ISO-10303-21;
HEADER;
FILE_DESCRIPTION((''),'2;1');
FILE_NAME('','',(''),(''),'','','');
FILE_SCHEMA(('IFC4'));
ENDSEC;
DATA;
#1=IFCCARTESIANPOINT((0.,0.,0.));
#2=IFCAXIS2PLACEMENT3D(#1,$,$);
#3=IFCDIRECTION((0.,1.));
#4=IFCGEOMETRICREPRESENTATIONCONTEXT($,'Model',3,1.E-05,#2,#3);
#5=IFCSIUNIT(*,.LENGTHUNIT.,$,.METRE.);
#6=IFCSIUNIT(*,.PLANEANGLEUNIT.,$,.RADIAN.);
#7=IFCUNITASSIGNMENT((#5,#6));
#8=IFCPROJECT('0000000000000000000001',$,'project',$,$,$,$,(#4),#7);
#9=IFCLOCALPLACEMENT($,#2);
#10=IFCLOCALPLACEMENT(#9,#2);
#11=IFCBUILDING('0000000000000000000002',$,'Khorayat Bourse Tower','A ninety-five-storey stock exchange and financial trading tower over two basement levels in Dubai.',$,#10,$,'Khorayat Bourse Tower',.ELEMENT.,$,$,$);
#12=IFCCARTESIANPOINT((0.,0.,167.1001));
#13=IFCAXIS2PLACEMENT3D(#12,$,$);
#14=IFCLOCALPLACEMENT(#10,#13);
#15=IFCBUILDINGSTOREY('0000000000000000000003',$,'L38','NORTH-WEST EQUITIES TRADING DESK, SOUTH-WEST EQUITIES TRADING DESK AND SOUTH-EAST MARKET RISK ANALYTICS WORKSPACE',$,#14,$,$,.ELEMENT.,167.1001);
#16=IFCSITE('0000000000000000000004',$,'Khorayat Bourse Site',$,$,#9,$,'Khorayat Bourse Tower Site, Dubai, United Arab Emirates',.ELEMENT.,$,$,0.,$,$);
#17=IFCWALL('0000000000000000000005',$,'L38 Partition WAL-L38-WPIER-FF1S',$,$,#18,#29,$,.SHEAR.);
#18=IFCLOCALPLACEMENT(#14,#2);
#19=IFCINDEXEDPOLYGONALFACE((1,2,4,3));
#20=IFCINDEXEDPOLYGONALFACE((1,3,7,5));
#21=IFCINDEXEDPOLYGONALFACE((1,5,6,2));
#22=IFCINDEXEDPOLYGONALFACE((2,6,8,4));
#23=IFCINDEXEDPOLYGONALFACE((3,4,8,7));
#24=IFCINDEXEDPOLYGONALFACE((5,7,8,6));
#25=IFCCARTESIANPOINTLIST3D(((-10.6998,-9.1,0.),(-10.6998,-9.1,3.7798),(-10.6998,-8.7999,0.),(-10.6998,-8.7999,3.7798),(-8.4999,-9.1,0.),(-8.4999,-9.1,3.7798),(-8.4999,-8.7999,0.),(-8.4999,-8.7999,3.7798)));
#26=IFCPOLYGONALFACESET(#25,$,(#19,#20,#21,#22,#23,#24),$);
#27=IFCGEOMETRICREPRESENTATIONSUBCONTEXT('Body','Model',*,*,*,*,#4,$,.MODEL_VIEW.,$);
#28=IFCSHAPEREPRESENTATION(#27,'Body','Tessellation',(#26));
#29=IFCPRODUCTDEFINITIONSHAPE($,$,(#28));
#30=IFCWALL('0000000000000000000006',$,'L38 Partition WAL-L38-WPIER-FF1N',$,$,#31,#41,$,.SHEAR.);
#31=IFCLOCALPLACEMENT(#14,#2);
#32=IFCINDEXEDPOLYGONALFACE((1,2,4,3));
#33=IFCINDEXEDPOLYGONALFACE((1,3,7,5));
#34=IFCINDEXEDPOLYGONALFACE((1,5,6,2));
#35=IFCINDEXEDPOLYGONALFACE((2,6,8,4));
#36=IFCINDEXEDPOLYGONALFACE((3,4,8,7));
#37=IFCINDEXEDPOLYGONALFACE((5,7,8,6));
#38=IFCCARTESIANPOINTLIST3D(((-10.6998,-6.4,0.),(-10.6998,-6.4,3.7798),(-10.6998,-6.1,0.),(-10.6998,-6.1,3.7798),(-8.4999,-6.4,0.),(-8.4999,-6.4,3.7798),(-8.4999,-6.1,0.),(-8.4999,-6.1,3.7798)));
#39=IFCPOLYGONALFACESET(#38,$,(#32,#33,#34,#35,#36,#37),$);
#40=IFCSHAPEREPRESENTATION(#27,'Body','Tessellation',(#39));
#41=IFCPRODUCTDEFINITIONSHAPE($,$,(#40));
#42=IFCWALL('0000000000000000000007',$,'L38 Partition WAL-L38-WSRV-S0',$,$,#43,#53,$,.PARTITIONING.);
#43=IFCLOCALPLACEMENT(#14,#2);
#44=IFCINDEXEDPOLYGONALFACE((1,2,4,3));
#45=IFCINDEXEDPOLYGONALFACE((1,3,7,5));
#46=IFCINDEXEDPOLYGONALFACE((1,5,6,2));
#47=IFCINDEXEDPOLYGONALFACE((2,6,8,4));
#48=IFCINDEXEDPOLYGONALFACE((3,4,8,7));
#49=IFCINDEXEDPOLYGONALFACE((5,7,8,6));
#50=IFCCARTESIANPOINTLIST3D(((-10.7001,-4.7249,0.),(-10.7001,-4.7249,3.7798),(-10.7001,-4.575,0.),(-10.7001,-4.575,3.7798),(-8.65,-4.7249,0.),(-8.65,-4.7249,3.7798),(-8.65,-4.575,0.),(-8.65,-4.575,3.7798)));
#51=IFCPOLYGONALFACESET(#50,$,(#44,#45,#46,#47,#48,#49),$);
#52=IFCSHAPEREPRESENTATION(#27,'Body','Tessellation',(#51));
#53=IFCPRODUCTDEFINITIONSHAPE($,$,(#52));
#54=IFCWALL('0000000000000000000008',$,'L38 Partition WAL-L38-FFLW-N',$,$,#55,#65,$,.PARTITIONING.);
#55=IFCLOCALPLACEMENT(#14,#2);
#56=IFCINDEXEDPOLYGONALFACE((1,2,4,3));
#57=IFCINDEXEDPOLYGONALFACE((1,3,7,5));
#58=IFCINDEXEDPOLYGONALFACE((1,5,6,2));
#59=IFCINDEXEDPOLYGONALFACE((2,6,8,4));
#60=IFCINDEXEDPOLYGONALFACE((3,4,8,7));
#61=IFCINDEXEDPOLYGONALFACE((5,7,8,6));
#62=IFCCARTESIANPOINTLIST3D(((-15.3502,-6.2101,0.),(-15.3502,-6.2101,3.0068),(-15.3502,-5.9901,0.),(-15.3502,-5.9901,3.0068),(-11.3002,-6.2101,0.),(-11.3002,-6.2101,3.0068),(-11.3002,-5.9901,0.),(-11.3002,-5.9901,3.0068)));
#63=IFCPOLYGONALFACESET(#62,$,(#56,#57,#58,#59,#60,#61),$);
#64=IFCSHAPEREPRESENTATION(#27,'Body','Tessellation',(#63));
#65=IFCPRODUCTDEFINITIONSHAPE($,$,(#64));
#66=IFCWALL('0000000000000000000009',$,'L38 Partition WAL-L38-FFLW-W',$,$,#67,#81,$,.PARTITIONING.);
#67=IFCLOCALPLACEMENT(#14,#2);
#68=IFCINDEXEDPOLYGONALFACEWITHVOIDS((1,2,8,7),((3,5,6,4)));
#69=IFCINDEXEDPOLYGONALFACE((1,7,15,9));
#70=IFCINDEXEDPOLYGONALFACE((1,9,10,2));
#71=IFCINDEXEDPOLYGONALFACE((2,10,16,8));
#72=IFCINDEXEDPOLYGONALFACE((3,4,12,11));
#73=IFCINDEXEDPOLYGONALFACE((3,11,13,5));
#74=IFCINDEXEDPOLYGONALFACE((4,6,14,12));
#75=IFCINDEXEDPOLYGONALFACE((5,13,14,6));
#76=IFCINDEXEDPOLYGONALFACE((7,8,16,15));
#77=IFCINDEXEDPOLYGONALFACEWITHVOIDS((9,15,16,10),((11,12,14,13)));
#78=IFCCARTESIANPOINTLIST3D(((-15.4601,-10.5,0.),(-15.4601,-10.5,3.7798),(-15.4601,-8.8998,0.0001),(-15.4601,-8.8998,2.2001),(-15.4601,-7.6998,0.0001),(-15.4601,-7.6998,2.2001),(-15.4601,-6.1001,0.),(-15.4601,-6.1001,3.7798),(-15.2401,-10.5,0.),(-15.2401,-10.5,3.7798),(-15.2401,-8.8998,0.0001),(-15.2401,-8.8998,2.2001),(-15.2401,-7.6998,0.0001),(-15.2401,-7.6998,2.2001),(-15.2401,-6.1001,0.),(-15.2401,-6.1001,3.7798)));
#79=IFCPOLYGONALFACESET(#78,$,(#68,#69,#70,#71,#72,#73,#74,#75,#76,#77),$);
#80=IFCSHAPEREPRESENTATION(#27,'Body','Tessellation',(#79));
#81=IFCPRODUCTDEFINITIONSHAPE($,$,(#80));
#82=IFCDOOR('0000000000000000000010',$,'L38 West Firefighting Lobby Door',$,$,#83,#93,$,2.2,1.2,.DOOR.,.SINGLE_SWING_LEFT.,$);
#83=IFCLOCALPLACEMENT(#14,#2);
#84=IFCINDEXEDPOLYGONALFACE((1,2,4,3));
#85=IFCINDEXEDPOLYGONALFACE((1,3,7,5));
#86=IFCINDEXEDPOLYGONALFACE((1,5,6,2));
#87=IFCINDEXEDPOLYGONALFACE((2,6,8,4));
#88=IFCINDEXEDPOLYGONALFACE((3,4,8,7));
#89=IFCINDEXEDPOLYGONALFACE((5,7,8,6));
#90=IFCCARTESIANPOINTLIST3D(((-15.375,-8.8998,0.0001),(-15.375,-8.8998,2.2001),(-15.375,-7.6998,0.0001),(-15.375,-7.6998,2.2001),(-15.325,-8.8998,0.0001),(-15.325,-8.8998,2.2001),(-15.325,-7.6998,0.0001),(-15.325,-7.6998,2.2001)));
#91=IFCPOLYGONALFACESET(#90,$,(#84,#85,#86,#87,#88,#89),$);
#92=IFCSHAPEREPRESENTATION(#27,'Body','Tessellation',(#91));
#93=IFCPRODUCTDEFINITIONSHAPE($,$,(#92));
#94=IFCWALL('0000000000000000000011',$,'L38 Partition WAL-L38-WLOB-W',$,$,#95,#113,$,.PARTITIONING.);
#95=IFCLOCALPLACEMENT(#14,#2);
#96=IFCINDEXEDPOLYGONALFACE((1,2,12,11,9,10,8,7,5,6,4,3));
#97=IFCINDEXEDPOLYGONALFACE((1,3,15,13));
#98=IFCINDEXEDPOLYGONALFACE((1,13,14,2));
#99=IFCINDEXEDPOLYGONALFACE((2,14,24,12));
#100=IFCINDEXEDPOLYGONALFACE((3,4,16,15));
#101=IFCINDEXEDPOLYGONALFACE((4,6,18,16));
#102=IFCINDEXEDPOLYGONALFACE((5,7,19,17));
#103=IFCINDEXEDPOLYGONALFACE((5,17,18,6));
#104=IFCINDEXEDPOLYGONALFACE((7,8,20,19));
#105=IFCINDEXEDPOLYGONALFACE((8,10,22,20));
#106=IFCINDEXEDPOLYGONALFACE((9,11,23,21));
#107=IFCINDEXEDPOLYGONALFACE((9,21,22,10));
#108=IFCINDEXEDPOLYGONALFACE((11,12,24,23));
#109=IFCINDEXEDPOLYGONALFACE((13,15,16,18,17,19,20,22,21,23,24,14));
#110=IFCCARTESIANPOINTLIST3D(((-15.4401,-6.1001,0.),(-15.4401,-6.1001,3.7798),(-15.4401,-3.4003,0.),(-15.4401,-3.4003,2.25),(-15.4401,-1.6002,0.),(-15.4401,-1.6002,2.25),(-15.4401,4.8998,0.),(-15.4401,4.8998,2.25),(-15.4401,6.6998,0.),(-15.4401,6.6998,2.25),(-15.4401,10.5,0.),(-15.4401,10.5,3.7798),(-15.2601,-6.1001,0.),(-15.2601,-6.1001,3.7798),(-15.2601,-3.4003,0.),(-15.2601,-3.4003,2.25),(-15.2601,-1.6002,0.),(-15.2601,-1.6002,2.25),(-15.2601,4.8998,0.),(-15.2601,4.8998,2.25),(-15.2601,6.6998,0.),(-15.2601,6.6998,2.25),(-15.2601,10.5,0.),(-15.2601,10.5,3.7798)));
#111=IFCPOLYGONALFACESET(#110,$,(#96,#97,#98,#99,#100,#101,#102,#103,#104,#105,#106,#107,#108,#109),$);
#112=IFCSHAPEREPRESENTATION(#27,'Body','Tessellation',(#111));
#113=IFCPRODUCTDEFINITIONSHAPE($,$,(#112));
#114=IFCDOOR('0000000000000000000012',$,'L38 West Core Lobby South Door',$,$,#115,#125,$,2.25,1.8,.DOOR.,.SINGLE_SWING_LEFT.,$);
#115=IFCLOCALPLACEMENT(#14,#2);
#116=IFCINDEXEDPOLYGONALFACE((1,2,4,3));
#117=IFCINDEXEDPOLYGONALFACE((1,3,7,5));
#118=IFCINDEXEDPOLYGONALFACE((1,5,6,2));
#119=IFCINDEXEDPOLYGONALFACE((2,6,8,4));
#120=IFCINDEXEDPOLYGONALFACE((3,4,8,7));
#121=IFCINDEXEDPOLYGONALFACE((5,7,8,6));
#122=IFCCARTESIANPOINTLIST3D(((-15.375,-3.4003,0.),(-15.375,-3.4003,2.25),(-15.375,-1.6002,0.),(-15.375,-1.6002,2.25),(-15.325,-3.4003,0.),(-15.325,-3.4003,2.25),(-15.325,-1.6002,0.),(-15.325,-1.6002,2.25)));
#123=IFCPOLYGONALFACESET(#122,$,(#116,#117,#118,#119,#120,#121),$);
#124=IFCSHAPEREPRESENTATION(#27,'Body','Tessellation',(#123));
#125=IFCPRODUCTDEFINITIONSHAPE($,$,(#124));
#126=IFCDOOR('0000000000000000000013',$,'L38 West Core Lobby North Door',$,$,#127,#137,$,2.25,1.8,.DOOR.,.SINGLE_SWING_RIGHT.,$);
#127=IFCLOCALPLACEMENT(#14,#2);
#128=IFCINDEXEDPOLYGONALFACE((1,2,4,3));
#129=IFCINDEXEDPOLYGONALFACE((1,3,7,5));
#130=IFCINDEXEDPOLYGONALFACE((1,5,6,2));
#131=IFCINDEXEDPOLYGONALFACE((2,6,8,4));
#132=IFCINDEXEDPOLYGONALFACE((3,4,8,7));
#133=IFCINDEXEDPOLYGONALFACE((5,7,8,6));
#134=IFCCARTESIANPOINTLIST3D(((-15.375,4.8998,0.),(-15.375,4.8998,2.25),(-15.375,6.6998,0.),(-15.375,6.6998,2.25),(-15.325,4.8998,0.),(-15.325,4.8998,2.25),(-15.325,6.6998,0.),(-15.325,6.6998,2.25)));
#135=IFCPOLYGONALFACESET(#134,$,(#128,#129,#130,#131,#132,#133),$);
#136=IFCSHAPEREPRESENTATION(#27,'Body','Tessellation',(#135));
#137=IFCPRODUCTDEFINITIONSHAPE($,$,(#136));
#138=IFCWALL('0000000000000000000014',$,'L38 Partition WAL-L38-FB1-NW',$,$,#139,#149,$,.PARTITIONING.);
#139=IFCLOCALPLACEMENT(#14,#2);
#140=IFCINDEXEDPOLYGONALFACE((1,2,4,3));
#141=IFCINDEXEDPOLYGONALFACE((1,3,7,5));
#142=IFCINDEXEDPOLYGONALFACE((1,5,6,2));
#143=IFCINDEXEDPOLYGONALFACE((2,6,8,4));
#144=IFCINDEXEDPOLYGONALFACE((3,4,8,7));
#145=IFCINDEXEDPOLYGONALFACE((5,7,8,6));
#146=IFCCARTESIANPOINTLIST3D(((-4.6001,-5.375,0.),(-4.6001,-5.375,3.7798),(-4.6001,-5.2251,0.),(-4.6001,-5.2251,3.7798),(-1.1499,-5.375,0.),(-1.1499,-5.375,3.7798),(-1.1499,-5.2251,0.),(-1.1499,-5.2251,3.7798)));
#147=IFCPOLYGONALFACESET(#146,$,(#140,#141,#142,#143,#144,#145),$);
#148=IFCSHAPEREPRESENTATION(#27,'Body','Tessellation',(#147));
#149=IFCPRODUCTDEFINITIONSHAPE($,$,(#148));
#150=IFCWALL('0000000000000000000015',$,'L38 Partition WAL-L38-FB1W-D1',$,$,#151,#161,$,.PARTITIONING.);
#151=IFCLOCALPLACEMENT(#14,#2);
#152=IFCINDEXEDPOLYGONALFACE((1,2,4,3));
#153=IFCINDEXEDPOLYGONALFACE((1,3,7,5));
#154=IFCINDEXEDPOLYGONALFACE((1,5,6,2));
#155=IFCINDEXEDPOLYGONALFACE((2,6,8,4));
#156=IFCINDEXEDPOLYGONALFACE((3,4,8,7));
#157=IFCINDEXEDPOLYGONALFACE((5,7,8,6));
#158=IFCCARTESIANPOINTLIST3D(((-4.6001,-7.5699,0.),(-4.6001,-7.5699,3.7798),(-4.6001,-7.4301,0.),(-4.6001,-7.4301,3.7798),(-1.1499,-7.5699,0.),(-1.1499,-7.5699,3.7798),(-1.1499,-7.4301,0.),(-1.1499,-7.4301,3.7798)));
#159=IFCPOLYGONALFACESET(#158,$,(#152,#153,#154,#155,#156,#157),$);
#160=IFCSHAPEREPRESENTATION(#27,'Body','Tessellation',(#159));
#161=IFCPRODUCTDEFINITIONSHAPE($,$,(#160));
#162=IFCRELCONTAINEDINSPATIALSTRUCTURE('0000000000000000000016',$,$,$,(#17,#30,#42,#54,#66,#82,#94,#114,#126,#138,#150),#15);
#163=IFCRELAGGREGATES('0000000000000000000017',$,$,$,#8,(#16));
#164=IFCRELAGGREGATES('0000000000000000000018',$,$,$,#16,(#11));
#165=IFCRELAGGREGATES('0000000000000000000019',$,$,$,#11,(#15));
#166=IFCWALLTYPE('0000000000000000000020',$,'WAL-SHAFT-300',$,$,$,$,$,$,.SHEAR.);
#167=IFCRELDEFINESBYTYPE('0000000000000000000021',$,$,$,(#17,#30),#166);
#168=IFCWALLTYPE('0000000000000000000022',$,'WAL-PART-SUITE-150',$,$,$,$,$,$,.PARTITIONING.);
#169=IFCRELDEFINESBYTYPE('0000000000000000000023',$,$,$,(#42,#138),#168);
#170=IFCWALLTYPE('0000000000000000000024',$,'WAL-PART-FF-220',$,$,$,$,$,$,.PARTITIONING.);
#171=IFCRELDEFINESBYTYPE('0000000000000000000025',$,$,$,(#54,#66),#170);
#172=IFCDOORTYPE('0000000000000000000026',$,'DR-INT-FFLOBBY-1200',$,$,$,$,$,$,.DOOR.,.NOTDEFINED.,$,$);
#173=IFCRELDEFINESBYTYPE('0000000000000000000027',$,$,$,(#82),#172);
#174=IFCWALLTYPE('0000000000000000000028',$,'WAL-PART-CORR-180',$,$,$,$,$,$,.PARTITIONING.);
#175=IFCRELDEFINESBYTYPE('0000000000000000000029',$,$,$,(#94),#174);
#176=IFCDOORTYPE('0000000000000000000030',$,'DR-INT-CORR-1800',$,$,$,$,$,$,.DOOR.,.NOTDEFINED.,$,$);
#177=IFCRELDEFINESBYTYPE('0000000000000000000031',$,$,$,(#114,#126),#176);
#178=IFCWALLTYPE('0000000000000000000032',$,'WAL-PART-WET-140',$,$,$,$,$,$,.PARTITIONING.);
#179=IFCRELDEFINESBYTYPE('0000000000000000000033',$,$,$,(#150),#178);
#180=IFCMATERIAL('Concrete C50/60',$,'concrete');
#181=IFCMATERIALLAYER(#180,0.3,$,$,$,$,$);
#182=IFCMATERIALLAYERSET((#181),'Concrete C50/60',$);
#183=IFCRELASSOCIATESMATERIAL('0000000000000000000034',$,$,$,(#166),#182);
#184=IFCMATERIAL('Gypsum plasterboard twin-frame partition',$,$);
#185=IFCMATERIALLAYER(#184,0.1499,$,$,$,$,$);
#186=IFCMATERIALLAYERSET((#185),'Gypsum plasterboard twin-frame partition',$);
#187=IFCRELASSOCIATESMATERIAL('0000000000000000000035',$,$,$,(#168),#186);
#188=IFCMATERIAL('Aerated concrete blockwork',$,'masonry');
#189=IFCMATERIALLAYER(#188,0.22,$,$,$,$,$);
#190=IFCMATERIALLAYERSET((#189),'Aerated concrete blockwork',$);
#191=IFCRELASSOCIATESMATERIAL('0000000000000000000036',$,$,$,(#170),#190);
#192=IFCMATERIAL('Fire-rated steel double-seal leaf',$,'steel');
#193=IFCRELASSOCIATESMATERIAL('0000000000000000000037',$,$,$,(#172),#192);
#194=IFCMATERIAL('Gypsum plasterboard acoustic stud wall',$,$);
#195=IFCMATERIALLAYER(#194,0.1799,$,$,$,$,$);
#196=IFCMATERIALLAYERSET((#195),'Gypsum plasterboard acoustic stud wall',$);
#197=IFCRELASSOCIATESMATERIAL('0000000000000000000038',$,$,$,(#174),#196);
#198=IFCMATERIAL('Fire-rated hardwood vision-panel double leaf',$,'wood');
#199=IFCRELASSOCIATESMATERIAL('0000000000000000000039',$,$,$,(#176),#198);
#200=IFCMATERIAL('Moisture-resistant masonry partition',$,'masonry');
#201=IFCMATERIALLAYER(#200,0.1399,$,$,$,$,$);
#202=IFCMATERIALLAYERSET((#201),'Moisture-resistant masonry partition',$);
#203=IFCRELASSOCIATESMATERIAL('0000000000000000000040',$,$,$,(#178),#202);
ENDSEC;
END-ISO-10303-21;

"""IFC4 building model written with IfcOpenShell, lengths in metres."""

from ifc_helpers import new_model, si_unit, direction, frame, frame_2d, origin, place, context, subcontext, project, spatial, rectangle, extrude, source, transform, mapped, material, layer, layer_set, type_object, element, fill, save


model = new_model("IFC4")

# Units and contexts
model_context = context("Model", 3, precision=1e-05, world=origin(), true_north=direction((0.0, 1.0)))
body_context = subcontext(model_context, "Body", "Model", "MODEL_VIEW")
ifc_project = project(units=[si_unit("LENGTHUNIT", "METRE"), si_unit("PLANEANGLEUNIT", "RADIAN")], contexts=[model_context])

# Site, building, storey
site_placement = place(None, origin())
site = spatial("IfcSite", under=ifc_project, at=site_placement, Name="Khorayat Bourse Site", LongName="Khorayat Bourse Tower Site, Dubai, United Arab Emirates", CompositionType="ELEMENT", RefElevation=0.0)
building_placement = place(site_placement, origin())
building = spatial("IfcBuilding", under=site, at=building_placement, Name="Khorayat Bourse Tower", Description="A ninety-five-storey stock exchange and financial trading tower over two basement levels in Dubai.", LongName="Khorayat Bourse Tower", CompositionType="ELEMENT")
storey_placement = place(building_placement, frame((0.0, 0.0, 167.1001)))
storey = spatial("IfcBuildingStorey", under=building, at=storey_placement, Name="L38", Description="NORTH-WEST EQUITIES TRADING DESK, SOUTH-WEST EQUITIES TRADING DESK AND SOUTH-EAST MARKET RISK ANALYTICS WORKSPACE", CompositionType="ELEMENT", Elevation=167.1001)

# Walls
ifc_material_1 = material(Name="Concrete C50/60", Category="concrete")
ifc_layer_1 = layer(ifc_material_1, 0.3)
ifc_layer_set_1 = layer_set([ifc_layer_1], Name="Concrete C50/60")
wall_type_1 = type_object("IfcWallType", Name="WAL-SHAFT-300", PredefinedType="SHEAR", material=ifc_layer_set_1)
shared_shape_1 = source(origin(), body_context, "Body", "SweptSolid", [
    extrude(rectangle(XDim=2.2, YDim=0.3, at=frame_2d((1.1001, 0.0))), origin(), (0.0, 0.0, 1.0), 3.7798),
])
for number, where, z_axis, x_axis, name in (
    (1, (-10.7, -8.95, 0.0), (0.0, 0.0, 1.0), (1.0, 0.0, 0.0), "L38 Partition WAL-L38-WPIER-FF1S"),
    (2, (-10.7, -6.25, 0.0), (0.0, 0.0, 1.0), (1.0, 0.0, 0.0), "L38 Partition WAL-L38-WPIER-FF1N"),
):
    element("IfcWall", number, at=place(storey_placement, frame(where, z_axis=z_axis, x_axis=x_axis)), inside=storey, type_object=wall_type_1, Name=name, PredefinedType="SHEAR", context=body_context, shape_type="MappedRepresentation", body=[
        mapped(shared_shape_1, transform((0.0, 0.0, 0.0), scale=1.0)),
    ])
ifc_material_2 = material(Name="Gypsum plasterboard twin-frame partition")
ifc_layer_2 = layer(ifc_material_2, 0.1499)
ifc_layer_set_2 = layer_set([ifc_layer_2], Name="Gypsum plasterboard twin-frame partition")
wall_type_2 = type_object("IfcWallType", Name="WAL-PART-SUITE-150", PredefinedType="PARTITIONING", material=ifc_layer_set_2)
shared_shape_2 = source(origin(), body_context, "Body", "SweptSolid", [
    extrude(rectangle(XDim=2.05, YDim=0.1499, at=frame_2d((1.0249, 0.0))), origin(), (0.0, 0.0, 1.0), 3.7798),
])
wall_1_placement = place(storey_placement, frame((-10.7, -4.6499, 0.0), z_axis=(0.0, 0.0, 1.0), x_axis=(1.0, 0.0, 0.0)))
element("IfcWall", 3, at=wall_1_placement, inside=storey, type_object=wall_type_2, Name="L38 Partition WAL-L38-WSRV-S0", PredefinedType="PARTITIONING", context=body_context, shape_type="MappedRepresentation", body=[
    mapped(shared_shape_2, transform((0.0, 0.0, 0.0), scale=1.0)),
])
ifc_material_3 = material(Name="Aerated concrete blockwork", Category="masonry")
ifc_layer_3 = layer(ifc_material_3, 0.22)
ifc_layer_set_3 = layer_set([ifc_layer_3], Name="Aerated concrete blockwork")
wall_type_3 = type_object("IfcWallType", Name="WAL-PART-FF-220", PredefinedType="PARTITIONING", material=ifc_layer_set_3)
shared_shape_3 = source(origin(), body_context, "Body", "SweptSolid", [
    extrude(rectangle(XDim=4.05, YDim=0.22, at=frame_2d((2.0249, 0.0))), origin(), (0.0, 0.0, 1.0), 3.0068),
])
wall_2_placement = place(storey_placement, frame((-15.3501, -6.1001, 0.0), z_axis=(0.0, 0.0, 1.0), x_axis=(1.0, 0.0, 0.0)))
element("IfcWall", 4, at=wall_2_placement, inside=storey, type_object=wall_type_3, Name="L38 Partition WAL-L38-FFLW-N", PredefinedType="PARTITIONING", context=body_context, shape_type="MappedRepresentation", body=[
    mapped(shared_shape_3, transform((0.0, 0.0, 0.0), scale=1.0)),
])

# Wall, opening, door
shared_shape_4 = source(origin(), body_context, "Body", "SweptSolid", [
    extrude(rectangle(XDim=4.3999, YDim=0.22, at=frame_2d((2.2, 0.0))), origin(), (0.0, 0.0, 1.0), 3.7798),
])
wall_3_placement = place(storey_placement, frame((-15.3501, -10.5, 0.0), z_axis=(0.0, 0.0, 1.0), x_axis=(0.0, 1.0, 0.0)))
wall_3 = element("IfcWall", 5, at=wall_3_placement, inside=storey, type_object=wall_type_3, Name="L38 Partition WAL-L38-FFLW-W", PredefinedType="PARTITIONING", context=body_context, shape_type="MappedRepresentation", body=[
    mapped(shared_shape_4, transform((0.0, 0.0, 0.0), scale=1.0)),
])
shared_shape_5 = source(origin(), body_context, "Body", "SweptSolid", [
    extrude(rectangle(XDim=1.2, YDim=2.2, at=frame_2d((0.6001, 1.1001))), frame((0.0, 0.1199, 0.0), z_axis=(0.0, -1.0, 0.0), x_axis=(1.0, 0.0, 0.0)), (0.0, 0.0, 1.0), 0.24),
])
opening_1_placement = place(wall_3_placement, frame((1.6001, 0.0, 0.0)))
opening_1 = element("IfcOpeningElement", 6, at=opening_1_placement, cuts=wall_3, PredefinedType="OPENING", context=body_context, shape_type="MappedRepresentation", body=[
    mapped(shared_shape_5, transform((0.0, 0.0, 0.0), scale=1.0)),
])
ifc_material_4 = material(Name="Fire-rated steel double-seal leaf", Category="steel")
door_type_1 = type_object("IfcDoorType", Name="DR-INT-FFLOBBY-1200", OperationType="NOTDEFINED", PredefinedType="DOOR", material=ifc_material_4)
shared_shape_6 = source(origin(), body_context, "Body", "SweptSolid", [
    extrude(rectangle(XDim=1.2, YDim=2.2, at=frame_2d((0.6001, 1.1001))), frame((0.0, 0.0249, 0.0), z_axis=(0.0, -1.0, 0.0), x_axis=(1.0, 0.0, 0.0)), (0.0, 0.0, 1.0), 0.05),
])
door_1_placement = place(opening_1_placement, origin())
door_1 = element("IfcDoor", 7, at=door_1_placement, inside=storey, type_object=door_type_1, Name="L38 West Firefighting Lobby Door", OperationType="SINGLE_SWING_LEFT", OverallHeight=2.2, OverallWidth=1.2, PredefinedType="DOOR", context=body_context, shape_type="MappedRepresentation", body=[
    mapped(shared_shape_6, transform((0.0, 0.0, 0.0), scale=1.0)),
])
fill(opening_1, door_1)

# Wall, openings, doors
ifc_material_5 = material(Name="Gypsum plasterboard acoustic stud wall")
ifc_layer_4 = layer(ifc_material_5, 0.1799)
ifc_layer_set_4 = layer_set([ifc_layer_4], Name="Gypsum plasterboard acoustic stud wall")
wall_type_4 = type_object("IfcWallType", Name="WAL-PART-CORR-180", PredefinedType="PARTITIONING", material=ifc_layer_set_4)
shared_shape_7 = source(origin(), body_context, "Body", "SweptSolid", [
    extrude(rectangle(XDim=16.6001, YDim=0.1799, at=frame_2d((8.3, 0.0))), origin(), (0.0, 0.0, 1.0), 3.7798),
])
wall_4_placement = place(storey_placement, frame((-15.3501, -6.1001, 0.0), z_axis=(0.0, 0.0, 1.0), x_axis=(0.0, 1.0, 0.0)))
wall_4 = element("IfcWall", 8, at=wall_4_placement, inside=storey, type_object=wall_type_4, Name="L38 Partition WAL-L38-WLOB-W", PredefinedType="PARTITIONING", context=body_context, shape_type="MappedRepresentation", body=[
    mapped(shared_shape_7, transform((0.0, 0.0, 0.0), scale=1.0)),
])
shared_shape_8 = source(origin(), body_context, "Body", "SweptSolid", [
    extrude(rectangle(XDim=1.8, YDim=2.25, at=frame_2d((0.8999, 1.125))), frame((0.0, 0.0999, 0.0), z_axis=(0.0, -1.0, 0.0), x_axis=(1.0, 0.0, 0.0)), (0.0, 0.0, 1.0), 0.2),
])
opening_2_placement = place(wall_4_placement, frame((2.7, 0.0, 0.0)))
opening_2 = element("IfcOpeningElement", 9, at=opening_2_placement, cuts=wall_4, PredefinedType="OPENING", context=body_context, shape_type="MappedRepresentation", body=[
    mapped(shared_shape_8, transform((0.0, 0.0, 0.0), scale=1.0)),
])
opening_3_placement = place(wall_4_placement, frame((11.0, 0.0, 0.0)))
opening_3 = element("IfcOpeningElement", 10, at=opening_3_placement, cuts=wall_4, PredefinedType="OPENING", context=body_context, shape_type="MappedRepresentation", body=[
    mapped(shared_shape_8, transform((0.0, 0.0, 0.0), scale=1.0)),
])
ifc_material_6 = material(Name="Fire-rated hardwood vision-panel double leaf", Category="wood")
door_type_2 = type_object("IfcDoorType", Name="DR-INT-CORR-1800", OperationType="NOTDEFINED", PredefinedType="DOOR", material=ifc_material_6)
shared_shape_9 = source(origin(), body_context, "Body", "SweptSolid", [
    extrude(rectangle(XDim=1.8, YDim=2.25, at=frame_2d((0.8999, 1.125))), frame((0.0, 0.0249, 0.0), z_axis=(0.0, -1.0, 0.0), x_axis=(1.0, 0.0, 0.0)), (0.0, 0.0, 1.0), 0.05),
])
door_2_placement = place(opening_2_placement, origin())
door_2 = element("IfcDoor", 11, at=door_2_placement, inside=storey, type_object=door_type_2, Name="L38 West Core Lobby South Door", OperationType="SINGLE_SWING_LEFT", OverallHeight=2.25, OverallWidth=1.8, PredefinedType="DOOR", context=body_context, shape_type="MappedRepresentation", body=[
    mapped(shared_shape_9, transform((0.0, 0.0, 0.0), scale=1.0)),
])
fill(opening_2, door_2)
door_3_placement = place(opening_3_placement, origin())
door_3 = element("IfcDoor", 12, at=door_3_placement, inside=storey, type_object=door_type_2, Name="L38 West Core Lobby North Door", OperationType="SINGLE_SWING_RIGHT", OverallHeight=2.25, OverallWidth=1.8, PredefinedType="DOOR", context=body_context, shape_type="MappedRepresentation", body=[
    mapped(shared_shape_9, transform((0.0, 0.0, 0.0), scale=1.0)),
])
fill(opening_3, door_3)

# Walls
shared_shape_10 = source(origin(), body_context, "Body", "SweptSolid", [
    extrude(rectangle(XDim=3.4502, YDim=0.1499, at=frame_2d((1.7251, 0.0))), origin(), (0.0, 0.0, 1.0), 3.7798),
])
wall_5_placement = place(storey_placement, frame((-4.6001, -5.3, 0.0), z_axis=(0.0, 0.0, 1.0), x_axis=(1.0, 0.0, 0.0)))
element("IfcWall", 13, at=wall_5_placement, inside=storey, type_object=wall_type_2, Name="L38 Partition WAL-L38-FB1-NW", PredefinedType="PARTITIONING", context=body_context, shape_type="MappedRepresentation", body=[
    mapped(shared_shape_10, transform((0.0, 0.0, 0.0), scale=1.0)),
])
ifc_material_7 = material(Name="Moisture-resistant masonry partition", Category="masonry")
ifc_layer_5 = layer(ifc_material_7, 0.1399)
ifc_layer_set_5 = layer_set([ifc_layer_5], Name="Moisture-resistant masonry partition")
wall_type_5 = type_object("IfcWallType", Name="WAL-PART-WET-140", PredefinedType="PARTITIONING", material=ifc_layer_set_5)
shared_shape_11 = source(origin(), body_context, "Body", "SweptSolid", [
    extrude(rectangle(XDim=3.4502, YDim=0.1399, at=frame_2d((1.7251, 0.0))), origin(), (0.0, 0.0, 1.0), 3.7798),
])
wall_6_placement = place(storey_placement, frame((-4.6001, -7.5, 0.0), z_axis=(0.0, 0.0, 1.0), x_axis=(1.0, 0.0, 0.0)))
element("IfcWall", 14, at=wall_6_placement, inside=storey, type_object=wall_type_5, Name="L38 Partition WAL-L38-FB1W-D1", PredefinedType="PARTITIONING", context=body_context, shape_type="MappedRepresentation", body=[
    mapped(shared_shape_11, transform((0.0, 0.0, 0.0), scale=1.0)),
])

save(model, "model.ifc")
